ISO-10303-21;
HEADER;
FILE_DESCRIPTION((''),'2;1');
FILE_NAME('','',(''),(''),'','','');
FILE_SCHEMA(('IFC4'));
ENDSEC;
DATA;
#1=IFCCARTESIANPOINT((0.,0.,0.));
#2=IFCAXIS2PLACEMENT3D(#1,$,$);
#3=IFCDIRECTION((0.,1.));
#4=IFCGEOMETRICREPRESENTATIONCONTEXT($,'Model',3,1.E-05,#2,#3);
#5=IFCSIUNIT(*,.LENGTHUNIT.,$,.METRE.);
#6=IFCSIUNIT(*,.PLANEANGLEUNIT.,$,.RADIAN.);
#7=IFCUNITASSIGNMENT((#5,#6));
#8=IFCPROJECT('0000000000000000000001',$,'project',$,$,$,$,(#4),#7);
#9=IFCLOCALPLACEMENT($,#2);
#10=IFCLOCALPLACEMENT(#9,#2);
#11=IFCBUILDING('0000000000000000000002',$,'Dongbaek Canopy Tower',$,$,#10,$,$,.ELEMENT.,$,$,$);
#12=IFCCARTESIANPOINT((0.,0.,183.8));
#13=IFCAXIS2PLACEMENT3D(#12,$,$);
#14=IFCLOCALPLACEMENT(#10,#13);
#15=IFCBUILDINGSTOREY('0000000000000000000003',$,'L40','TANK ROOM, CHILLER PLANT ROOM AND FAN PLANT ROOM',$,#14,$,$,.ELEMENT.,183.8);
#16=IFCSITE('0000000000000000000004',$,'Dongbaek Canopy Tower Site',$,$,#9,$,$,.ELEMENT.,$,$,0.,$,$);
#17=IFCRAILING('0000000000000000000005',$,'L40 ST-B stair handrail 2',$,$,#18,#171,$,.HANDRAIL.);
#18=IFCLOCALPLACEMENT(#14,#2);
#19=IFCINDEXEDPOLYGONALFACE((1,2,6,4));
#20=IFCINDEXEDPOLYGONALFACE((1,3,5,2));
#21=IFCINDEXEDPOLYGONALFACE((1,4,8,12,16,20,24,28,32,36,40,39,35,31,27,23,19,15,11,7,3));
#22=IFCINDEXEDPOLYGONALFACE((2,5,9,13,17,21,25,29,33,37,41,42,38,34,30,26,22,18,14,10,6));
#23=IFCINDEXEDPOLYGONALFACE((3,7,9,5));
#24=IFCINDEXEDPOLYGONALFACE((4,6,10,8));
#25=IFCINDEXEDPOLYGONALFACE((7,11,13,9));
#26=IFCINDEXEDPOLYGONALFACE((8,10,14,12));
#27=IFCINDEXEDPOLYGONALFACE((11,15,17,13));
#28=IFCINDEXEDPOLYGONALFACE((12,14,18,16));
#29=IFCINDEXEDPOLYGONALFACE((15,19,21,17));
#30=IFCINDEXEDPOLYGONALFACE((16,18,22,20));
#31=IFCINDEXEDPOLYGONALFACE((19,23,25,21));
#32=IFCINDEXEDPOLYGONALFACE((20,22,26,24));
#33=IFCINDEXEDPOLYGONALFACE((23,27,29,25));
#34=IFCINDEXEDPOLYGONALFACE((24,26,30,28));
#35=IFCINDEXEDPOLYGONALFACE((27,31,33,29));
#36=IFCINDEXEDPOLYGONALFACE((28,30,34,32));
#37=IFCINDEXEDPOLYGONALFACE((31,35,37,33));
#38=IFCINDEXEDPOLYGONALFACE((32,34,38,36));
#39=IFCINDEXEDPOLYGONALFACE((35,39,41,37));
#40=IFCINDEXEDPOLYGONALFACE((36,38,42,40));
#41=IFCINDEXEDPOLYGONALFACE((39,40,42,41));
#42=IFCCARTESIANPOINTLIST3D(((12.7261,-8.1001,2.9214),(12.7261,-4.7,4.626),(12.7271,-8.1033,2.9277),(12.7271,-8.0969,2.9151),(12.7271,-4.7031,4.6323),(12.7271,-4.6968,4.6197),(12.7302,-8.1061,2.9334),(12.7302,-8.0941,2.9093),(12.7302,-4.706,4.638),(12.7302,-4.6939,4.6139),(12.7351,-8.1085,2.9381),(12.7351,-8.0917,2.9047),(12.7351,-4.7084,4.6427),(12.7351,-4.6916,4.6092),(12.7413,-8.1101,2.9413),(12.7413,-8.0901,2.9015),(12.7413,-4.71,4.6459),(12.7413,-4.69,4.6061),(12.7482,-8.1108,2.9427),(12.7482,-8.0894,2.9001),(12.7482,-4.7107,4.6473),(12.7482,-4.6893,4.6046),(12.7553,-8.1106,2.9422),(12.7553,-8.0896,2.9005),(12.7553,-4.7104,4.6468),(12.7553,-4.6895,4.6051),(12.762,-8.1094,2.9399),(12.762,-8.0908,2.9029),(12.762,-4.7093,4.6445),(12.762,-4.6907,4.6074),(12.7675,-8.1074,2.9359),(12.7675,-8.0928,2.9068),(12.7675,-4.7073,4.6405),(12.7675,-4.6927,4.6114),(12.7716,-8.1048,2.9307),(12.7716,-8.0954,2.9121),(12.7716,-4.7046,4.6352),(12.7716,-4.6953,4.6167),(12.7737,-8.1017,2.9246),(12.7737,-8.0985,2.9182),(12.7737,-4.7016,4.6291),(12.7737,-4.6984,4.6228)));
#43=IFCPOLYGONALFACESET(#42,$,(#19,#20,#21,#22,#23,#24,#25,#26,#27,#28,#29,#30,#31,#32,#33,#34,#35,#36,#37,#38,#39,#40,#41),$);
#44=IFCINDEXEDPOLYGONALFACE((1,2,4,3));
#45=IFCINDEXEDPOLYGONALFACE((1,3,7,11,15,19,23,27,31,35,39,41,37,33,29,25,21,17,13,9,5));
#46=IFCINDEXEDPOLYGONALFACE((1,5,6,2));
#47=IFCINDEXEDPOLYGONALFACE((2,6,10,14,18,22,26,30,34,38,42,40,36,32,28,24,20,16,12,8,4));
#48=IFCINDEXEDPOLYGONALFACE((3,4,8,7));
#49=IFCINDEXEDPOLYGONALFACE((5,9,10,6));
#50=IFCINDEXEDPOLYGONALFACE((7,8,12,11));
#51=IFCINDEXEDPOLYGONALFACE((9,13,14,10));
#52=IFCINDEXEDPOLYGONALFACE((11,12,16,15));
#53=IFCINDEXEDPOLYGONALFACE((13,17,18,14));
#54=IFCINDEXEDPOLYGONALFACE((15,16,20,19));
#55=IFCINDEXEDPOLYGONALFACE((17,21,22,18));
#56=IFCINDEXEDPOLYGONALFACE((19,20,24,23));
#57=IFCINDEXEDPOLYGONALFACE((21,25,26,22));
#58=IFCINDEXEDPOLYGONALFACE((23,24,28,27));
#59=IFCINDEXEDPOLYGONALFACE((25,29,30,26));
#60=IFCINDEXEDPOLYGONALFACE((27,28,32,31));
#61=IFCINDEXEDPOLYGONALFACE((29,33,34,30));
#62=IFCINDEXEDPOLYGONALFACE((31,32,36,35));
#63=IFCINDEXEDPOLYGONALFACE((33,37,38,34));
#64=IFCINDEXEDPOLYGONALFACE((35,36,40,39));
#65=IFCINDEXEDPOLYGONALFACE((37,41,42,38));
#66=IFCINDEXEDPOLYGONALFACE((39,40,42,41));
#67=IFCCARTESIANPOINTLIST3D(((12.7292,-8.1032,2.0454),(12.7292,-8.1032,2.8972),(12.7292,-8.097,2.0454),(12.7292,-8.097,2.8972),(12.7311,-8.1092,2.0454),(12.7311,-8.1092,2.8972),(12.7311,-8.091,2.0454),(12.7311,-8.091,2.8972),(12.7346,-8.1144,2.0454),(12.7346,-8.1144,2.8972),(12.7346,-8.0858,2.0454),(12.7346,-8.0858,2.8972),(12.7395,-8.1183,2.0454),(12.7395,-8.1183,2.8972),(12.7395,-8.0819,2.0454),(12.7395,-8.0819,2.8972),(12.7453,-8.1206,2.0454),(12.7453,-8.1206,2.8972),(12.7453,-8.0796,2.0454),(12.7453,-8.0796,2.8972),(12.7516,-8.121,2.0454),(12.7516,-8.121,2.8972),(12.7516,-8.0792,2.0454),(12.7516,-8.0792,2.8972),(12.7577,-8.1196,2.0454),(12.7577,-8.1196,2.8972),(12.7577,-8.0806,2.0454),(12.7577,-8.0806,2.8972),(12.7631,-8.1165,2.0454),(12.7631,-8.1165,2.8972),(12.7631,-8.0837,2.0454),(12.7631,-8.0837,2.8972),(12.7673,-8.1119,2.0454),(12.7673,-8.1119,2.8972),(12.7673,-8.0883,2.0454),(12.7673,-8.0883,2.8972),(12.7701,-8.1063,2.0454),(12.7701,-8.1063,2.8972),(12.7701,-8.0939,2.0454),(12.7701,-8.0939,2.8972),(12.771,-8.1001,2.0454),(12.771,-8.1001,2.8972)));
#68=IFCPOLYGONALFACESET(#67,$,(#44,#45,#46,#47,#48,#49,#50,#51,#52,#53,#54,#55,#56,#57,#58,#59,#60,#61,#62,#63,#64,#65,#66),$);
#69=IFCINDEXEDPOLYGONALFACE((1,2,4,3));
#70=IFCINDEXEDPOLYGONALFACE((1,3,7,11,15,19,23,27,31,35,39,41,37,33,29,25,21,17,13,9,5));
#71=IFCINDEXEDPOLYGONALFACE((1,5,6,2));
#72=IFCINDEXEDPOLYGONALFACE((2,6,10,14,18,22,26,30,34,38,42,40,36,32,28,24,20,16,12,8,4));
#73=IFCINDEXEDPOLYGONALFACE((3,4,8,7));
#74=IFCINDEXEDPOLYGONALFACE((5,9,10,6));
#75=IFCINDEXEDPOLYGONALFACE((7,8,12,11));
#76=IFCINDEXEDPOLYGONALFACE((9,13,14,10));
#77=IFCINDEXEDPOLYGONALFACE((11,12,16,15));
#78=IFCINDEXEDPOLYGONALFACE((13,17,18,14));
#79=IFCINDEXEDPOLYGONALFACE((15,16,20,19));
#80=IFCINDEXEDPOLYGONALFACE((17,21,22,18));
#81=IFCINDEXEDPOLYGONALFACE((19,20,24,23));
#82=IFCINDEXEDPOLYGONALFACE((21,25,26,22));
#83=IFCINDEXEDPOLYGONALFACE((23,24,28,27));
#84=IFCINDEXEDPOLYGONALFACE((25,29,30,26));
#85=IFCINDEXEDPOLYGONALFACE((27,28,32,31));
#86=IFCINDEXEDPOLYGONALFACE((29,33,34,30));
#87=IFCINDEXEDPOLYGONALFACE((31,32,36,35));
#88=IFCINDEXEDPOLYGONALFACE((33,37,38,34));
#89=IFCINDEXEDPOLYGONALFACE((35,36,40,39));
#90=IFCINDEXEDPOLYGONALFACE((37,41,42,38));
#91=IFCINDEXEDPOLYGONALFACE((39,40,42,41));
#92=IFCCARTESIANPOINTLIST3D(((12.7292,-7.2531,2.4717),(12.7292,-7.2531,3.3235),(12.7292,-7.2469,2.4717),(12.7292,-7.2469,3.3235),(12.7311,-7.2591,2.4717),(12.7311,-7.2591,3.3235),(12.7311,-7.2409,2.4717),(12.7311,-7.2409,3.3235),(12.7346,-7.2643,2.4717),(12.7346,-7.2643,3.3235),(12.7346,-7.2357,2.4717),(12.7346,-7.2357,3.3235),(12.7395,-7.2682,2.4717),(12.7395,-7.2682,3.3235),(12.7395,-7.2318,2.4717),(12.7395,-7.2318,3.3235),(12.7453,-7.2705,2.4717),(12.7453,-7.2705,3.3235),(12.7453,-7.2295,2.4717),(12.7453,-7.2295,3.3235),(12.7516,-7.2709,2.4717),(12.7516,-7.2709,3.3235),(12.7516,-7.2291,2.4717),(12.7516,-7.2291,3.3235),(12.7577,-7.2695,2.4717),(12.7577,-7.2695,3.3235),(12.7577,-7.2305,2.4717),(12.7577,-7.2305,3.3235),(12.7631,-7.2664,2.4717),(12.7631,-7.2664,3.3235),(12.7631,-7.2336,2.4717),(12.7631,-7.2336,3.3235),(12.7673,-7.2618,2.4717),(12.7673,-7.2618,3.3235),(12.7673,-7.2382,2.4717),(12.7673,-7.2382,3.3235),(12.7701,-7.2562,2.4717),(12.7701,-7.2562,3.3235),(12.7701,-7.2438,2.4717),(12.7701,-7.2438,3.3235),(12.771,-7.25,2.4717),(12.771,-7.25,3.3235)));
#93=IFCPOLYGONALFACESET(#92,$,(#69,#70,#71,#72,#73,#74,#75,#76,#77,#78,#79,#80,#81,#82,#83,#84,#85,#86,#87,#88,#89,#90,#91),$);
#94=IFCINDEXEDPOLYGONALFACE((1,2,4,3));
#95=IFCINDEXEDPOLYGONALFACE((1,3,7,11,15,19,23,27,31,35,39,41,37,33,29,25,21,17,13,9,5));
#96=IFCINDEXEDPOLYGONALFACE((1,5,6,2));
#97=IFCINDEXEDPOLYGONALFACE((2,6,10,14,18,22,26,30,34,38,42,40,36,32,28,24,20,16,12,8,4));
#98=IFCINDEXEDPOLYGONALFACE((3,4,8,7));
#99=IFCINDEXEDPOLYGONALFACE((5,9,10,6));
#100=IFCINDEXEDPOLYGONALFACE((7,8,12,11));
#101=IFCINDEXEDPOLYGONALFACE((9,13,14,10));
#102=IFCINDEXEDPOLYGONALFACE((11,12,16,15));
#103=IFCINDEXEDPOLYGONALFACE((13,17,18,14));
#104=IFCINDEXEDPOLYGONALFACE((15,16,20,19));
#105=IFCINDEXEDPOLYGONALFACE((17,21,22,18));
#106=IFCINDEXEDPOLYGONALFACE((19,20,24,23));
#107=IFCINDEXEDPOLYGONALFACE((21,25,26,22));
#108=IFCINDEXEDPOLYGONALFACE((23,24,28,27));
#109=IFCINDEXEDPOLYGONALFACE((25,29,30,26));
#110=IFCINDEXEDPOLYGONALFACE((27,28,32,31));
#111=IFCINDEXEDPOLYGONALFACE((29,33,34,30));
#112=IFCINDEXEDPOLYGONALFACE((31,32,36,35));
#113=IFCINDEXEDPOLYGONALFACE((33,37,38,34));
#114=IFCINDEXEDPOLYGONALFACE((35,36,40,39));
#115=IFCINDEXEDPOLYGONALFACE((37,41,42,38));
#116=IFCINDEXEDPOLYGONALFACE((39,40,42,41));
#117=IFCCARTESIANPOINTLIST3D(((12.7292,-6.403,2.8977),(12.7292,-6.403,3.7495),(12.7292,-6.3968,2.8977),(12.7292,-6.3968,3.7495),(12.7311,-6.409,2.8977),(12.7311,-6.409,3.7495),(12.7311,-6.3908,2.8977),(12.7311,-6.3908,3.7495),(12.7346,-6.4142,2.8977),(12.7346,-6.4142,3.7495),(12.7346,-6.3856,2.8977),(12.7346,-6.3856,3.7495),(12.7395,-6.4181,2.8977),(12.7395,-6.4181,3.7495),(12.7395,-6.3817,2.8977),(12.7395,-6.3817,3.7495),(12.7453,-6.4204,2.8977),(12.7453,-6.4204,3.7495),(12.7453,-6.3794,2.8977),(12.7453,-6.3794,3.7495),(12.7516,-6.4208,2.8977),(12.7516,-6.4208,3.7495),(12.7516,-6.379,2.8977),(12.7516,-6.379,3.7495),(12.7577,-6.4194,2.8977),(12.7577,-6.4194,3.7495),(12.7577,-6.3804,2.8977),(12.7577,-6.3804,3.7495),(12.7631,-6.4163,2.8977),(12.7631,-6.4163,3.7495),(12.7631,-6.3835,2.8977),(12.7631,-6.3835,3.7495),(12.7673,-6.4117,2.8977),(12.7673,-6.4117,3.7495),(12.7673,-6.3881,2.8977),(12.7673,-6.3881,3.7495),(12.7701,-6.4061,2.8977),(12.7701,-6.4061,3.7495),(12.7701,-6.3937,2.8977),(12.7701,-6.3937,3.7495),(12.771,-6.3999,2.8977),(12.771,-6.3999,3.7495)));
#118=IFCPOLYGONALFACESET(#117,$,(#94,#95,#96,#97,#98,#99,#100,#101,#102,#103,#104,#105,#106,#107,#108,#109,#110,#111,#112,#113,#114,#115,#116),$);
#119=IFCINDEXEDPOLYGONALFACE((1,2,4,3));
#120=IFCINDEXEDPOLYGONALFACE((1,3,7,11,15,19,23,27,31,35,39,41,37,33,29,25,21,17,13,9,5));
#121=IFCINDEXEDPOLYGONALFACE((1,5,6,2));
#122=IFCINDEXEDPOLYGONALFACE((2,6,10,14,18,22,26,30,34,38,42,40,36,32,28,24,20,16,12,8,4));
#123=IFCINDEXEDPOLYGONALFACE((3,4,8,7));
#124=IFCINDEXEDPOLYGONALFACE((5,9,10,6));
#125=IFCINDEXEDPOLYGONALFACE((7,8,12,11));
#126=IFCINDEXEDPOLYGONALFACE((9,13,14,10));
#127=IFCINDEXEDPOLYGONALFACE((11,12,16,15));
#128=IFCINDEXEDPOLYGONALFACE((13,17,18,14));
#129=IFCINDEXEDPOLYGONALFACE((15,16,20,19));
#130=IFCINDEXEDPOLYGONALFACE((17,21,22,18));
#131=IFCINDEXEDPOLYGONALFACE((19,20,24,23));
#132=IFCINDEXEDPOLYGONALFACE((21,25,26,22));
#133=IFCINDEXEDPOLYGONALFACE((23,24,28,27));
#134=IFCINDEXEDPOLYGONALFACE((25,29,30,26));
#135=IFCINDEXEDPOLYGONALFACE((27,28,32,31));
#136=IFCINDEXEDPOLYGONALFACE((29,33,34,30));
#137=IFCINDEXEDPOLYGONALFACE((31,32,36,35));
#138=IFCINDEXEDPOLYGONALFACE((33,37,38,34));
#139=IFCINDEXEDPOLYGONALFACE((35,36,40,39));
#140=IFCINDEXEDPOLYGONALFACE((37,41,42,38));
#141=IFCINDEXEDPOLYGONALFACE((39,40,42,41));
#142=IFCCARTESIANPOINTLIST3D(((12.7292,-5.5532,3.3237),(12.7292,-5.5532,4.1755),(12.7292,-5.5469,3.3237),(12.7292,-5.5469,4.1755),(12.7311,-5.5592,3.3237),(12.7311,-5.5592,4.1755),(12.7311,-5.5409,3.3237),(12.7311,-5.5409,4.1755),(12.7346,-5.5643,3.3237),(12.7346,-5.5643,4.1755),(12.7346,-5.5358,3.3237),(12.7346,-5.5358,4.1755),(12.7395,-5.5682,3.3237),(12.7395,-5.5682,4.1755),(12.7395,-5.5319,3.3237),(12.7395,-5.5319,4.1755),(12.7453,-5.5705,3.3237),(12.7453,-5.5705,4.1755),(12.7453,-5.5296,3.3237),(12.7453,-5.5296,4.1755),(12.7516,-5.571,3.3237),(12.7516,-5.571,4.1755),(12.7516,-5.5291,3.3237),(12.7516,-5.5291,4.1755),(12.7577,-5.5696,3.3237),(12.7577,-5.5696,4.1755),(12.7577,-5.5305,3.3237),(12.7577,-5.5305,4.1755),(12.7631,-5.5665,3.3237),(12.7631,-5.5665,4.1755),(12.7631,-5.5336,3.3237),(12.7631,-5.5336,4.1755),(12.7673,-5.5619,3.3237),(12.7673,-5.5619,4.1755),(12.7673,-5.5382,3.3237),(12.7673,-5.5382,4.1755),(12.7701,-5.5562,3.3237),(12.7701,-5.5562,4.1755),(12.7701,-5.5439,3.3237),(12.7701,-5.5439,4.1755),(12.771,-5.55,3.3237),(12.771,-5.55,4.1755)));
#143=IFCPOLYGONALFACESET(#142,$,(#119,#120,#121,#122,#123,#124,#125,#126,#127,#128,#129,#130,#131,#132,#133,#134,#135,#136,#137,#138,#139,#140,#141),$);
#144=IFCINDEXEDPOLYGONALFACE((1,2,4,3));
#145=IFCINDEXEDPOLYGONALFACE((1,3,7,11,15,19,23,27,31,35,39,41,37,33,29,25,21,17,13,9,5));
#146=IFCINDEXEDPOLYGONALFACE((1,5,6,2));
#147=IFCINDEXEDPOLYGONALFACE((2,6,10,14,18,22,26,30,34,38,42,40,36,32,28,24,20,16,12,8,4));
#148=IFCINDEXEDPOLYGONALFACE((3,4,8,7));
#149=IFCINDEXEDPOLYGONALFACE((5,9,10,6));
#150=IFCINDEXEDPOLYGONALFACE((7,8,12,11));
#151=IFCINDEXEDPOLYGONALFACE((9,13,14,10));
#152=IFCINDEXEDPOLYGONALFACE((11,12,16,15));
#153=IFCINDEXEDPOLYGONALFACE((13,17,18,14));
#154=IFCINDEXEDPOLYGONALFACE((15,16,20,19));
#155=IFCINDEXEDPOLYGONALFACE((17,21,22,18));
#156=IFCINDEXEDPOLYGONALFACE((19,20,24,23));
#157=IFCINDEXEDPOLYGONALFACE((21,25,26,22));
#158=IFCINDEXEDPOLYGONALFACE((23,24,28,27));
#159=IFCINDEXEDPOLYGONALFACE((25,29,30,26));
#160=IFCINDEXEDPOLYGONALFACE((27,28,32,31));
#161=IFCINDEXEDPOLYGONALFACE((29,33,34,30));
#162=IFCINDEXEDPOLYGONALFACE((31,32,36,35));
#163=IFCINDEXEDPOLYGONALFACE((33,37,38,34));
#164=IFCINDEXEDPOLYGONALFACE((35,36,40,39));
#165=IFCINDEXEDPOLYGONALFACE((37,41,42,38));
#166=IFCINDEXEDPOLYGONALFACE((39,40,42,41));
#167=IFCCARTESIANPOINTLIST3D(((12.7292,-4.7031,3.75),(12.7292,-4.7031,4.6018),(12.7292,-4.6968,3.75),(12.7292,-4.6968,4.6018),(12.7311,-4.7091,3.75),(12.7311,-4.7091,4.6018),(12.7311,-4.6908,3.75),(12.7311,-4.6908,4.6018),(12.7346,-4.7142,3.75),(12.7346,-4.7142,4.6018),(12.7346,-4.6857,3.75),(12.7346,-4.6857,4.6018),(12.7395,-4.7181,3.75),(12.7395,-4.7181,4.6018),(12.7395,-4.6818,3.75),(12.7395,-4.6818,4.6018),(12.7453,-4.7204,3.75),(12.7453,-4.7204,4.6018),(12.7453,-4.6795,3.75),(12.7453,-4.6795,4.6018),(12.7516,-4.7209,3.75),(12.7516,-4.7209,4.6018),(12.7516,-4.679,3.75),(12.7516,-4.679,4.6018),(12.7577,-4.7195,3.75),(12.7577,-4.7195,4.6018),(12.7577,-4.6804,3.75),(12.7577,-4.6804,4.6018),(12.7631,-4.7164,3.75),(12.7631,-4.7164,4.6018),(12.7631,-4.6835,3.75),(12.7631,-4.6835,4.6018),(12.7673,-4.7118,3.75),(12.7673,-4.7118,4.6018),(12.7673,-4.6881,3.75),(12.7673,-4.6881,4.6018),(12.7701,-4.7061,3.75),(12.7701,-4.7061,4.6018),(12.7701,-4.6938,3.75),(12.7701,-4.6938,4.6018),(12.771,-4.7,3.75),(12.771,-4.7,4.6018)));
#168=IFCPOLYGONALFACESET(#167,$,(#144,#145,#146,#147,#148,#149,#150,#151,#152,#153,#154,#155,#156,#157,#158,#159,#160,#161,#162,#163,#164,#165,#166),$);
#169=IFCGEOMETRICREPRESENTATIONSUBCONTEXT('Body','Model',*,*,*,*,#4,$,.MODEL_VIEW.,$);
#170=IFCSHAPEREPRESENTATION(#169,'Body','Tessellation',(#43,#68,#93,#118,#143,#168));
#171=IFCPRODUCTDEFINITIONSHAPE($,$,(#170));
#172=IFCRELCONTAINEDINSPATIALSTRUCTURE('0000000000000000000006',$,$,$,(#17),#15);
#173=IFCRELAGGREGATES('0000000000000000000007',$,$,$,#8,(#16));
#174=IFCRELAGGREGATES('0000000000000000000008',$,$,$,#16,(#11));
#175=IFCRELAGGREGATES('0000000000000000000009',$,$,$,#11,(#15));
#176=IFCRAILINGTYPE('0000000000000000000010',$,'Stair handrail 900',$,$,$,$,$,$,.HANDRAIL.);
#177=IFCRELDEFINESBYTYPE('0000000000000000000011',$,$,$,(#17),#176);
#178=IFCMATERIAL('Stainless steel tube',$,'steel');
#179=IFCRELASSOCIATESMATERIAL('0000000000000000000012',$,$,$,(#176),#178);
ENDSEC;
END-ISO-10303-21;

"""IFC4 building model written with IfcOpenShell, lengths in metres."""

from ifc_helpers import new_model, si_unit, direction, frame, origin, origin_2d, place, context, subcontext, project, spatial, circle, extrude, material, type_object, element, save


model = new_model("IFC4")

# Units and contexts
model_context = context("Model", 3, precision=1e-05, world=origin(), true_north=direction((0.0, 1.0)))
body_context = subcontext(model_context, "Body", "Model", "MODEL_VIEW")
ifc_project = project(units=[si_unit("LENGTHUNIT", "METRE"), si_unit("PLANEANGLEUNIT", "RADIAN")], contexts=[model_context])

# Site, building, storey
site_placement = place(None, origin())
site = spatial("IfcSite", under=ifc_project, at=site_placement, Name="Dongbaek Canopy Tower Site", CompositionType="ELEMENT", RefElevation=0.0)
building_placement = place(site_placement, origin())
building = spatial("IfcBuilding", under=site, at=building_placement, Name="Dongbaek Canopy Tower", CompositionType="ELEMENT")
storey_placement = place(building_placement, frame((0.0, 0.0, 183.8)))
storey = spatial("IfcBuildingStorey", under=building, at=storey_placement, Name="L40", Description="TANK ROOM, CHILLER PLANT ROOM AND FAN PLANT ROOM", CompositionType="ELEMENT", Elevation=183.8)

# Railing
ifc_material_1 = material(Name="Stainless steel tube", Category="steel")
railing_type_1 = type_object("IfcRailingType", Name="Stair handrail 900", PredefinedType="HANDRAIL", material=ifc_material_1)
for number, where, name in (
    (1, (12.75, -8.1001, 2.0454), "L40 ST-B stair handrail 2"),
):
    element("IfcRailing", number, at=place(storey_placement, frame(where)), inside=storey, type_object=railing_type_1, Name=name, PredefinedType="HANDRAIL", context=body_context, shape_type="SweptSolid", body=[
        extrude(circle(Radius=0.0239, at=origin_2d()), frame((0.0, 0.0, 0.876), z_axis=(0.0, 0.893952, 0.448163), x_axis=(-1.0, 0.0, 0.0)), (0.0, 0.0, 1.0), 3.8035),
        extrude(circle(Radius=0.021, at=origin_2d()), origin(), (0.0, 0.0, 1.0), 0.8518),
        extrude(circle(Radius=0.021, at=origin_2d()), frame((0.0, 0.8501, 0.4263)), (0.0, 0.0, 1.0), 0.8518),
        extrude(circle(Radius=0.021, at=origin_2d()), frame((0.0, 1.7002, 0.8523)), (0.0, 0.0, 1.0), 0.8518),
        extrude(circle(Radius=0.021, at=origin_2d()), frame((0.0, 2.55, 1.2783)), (0.0, 0.0, 1.0), 0.8518),
        extrude(circle(Radius=0.021, at=origin_2d()), frame((0.0, 3.4001, 1.7046)), (0.0, 0.0, 1.0), 0.8518),
    ])

save(model, "model.ifc")
